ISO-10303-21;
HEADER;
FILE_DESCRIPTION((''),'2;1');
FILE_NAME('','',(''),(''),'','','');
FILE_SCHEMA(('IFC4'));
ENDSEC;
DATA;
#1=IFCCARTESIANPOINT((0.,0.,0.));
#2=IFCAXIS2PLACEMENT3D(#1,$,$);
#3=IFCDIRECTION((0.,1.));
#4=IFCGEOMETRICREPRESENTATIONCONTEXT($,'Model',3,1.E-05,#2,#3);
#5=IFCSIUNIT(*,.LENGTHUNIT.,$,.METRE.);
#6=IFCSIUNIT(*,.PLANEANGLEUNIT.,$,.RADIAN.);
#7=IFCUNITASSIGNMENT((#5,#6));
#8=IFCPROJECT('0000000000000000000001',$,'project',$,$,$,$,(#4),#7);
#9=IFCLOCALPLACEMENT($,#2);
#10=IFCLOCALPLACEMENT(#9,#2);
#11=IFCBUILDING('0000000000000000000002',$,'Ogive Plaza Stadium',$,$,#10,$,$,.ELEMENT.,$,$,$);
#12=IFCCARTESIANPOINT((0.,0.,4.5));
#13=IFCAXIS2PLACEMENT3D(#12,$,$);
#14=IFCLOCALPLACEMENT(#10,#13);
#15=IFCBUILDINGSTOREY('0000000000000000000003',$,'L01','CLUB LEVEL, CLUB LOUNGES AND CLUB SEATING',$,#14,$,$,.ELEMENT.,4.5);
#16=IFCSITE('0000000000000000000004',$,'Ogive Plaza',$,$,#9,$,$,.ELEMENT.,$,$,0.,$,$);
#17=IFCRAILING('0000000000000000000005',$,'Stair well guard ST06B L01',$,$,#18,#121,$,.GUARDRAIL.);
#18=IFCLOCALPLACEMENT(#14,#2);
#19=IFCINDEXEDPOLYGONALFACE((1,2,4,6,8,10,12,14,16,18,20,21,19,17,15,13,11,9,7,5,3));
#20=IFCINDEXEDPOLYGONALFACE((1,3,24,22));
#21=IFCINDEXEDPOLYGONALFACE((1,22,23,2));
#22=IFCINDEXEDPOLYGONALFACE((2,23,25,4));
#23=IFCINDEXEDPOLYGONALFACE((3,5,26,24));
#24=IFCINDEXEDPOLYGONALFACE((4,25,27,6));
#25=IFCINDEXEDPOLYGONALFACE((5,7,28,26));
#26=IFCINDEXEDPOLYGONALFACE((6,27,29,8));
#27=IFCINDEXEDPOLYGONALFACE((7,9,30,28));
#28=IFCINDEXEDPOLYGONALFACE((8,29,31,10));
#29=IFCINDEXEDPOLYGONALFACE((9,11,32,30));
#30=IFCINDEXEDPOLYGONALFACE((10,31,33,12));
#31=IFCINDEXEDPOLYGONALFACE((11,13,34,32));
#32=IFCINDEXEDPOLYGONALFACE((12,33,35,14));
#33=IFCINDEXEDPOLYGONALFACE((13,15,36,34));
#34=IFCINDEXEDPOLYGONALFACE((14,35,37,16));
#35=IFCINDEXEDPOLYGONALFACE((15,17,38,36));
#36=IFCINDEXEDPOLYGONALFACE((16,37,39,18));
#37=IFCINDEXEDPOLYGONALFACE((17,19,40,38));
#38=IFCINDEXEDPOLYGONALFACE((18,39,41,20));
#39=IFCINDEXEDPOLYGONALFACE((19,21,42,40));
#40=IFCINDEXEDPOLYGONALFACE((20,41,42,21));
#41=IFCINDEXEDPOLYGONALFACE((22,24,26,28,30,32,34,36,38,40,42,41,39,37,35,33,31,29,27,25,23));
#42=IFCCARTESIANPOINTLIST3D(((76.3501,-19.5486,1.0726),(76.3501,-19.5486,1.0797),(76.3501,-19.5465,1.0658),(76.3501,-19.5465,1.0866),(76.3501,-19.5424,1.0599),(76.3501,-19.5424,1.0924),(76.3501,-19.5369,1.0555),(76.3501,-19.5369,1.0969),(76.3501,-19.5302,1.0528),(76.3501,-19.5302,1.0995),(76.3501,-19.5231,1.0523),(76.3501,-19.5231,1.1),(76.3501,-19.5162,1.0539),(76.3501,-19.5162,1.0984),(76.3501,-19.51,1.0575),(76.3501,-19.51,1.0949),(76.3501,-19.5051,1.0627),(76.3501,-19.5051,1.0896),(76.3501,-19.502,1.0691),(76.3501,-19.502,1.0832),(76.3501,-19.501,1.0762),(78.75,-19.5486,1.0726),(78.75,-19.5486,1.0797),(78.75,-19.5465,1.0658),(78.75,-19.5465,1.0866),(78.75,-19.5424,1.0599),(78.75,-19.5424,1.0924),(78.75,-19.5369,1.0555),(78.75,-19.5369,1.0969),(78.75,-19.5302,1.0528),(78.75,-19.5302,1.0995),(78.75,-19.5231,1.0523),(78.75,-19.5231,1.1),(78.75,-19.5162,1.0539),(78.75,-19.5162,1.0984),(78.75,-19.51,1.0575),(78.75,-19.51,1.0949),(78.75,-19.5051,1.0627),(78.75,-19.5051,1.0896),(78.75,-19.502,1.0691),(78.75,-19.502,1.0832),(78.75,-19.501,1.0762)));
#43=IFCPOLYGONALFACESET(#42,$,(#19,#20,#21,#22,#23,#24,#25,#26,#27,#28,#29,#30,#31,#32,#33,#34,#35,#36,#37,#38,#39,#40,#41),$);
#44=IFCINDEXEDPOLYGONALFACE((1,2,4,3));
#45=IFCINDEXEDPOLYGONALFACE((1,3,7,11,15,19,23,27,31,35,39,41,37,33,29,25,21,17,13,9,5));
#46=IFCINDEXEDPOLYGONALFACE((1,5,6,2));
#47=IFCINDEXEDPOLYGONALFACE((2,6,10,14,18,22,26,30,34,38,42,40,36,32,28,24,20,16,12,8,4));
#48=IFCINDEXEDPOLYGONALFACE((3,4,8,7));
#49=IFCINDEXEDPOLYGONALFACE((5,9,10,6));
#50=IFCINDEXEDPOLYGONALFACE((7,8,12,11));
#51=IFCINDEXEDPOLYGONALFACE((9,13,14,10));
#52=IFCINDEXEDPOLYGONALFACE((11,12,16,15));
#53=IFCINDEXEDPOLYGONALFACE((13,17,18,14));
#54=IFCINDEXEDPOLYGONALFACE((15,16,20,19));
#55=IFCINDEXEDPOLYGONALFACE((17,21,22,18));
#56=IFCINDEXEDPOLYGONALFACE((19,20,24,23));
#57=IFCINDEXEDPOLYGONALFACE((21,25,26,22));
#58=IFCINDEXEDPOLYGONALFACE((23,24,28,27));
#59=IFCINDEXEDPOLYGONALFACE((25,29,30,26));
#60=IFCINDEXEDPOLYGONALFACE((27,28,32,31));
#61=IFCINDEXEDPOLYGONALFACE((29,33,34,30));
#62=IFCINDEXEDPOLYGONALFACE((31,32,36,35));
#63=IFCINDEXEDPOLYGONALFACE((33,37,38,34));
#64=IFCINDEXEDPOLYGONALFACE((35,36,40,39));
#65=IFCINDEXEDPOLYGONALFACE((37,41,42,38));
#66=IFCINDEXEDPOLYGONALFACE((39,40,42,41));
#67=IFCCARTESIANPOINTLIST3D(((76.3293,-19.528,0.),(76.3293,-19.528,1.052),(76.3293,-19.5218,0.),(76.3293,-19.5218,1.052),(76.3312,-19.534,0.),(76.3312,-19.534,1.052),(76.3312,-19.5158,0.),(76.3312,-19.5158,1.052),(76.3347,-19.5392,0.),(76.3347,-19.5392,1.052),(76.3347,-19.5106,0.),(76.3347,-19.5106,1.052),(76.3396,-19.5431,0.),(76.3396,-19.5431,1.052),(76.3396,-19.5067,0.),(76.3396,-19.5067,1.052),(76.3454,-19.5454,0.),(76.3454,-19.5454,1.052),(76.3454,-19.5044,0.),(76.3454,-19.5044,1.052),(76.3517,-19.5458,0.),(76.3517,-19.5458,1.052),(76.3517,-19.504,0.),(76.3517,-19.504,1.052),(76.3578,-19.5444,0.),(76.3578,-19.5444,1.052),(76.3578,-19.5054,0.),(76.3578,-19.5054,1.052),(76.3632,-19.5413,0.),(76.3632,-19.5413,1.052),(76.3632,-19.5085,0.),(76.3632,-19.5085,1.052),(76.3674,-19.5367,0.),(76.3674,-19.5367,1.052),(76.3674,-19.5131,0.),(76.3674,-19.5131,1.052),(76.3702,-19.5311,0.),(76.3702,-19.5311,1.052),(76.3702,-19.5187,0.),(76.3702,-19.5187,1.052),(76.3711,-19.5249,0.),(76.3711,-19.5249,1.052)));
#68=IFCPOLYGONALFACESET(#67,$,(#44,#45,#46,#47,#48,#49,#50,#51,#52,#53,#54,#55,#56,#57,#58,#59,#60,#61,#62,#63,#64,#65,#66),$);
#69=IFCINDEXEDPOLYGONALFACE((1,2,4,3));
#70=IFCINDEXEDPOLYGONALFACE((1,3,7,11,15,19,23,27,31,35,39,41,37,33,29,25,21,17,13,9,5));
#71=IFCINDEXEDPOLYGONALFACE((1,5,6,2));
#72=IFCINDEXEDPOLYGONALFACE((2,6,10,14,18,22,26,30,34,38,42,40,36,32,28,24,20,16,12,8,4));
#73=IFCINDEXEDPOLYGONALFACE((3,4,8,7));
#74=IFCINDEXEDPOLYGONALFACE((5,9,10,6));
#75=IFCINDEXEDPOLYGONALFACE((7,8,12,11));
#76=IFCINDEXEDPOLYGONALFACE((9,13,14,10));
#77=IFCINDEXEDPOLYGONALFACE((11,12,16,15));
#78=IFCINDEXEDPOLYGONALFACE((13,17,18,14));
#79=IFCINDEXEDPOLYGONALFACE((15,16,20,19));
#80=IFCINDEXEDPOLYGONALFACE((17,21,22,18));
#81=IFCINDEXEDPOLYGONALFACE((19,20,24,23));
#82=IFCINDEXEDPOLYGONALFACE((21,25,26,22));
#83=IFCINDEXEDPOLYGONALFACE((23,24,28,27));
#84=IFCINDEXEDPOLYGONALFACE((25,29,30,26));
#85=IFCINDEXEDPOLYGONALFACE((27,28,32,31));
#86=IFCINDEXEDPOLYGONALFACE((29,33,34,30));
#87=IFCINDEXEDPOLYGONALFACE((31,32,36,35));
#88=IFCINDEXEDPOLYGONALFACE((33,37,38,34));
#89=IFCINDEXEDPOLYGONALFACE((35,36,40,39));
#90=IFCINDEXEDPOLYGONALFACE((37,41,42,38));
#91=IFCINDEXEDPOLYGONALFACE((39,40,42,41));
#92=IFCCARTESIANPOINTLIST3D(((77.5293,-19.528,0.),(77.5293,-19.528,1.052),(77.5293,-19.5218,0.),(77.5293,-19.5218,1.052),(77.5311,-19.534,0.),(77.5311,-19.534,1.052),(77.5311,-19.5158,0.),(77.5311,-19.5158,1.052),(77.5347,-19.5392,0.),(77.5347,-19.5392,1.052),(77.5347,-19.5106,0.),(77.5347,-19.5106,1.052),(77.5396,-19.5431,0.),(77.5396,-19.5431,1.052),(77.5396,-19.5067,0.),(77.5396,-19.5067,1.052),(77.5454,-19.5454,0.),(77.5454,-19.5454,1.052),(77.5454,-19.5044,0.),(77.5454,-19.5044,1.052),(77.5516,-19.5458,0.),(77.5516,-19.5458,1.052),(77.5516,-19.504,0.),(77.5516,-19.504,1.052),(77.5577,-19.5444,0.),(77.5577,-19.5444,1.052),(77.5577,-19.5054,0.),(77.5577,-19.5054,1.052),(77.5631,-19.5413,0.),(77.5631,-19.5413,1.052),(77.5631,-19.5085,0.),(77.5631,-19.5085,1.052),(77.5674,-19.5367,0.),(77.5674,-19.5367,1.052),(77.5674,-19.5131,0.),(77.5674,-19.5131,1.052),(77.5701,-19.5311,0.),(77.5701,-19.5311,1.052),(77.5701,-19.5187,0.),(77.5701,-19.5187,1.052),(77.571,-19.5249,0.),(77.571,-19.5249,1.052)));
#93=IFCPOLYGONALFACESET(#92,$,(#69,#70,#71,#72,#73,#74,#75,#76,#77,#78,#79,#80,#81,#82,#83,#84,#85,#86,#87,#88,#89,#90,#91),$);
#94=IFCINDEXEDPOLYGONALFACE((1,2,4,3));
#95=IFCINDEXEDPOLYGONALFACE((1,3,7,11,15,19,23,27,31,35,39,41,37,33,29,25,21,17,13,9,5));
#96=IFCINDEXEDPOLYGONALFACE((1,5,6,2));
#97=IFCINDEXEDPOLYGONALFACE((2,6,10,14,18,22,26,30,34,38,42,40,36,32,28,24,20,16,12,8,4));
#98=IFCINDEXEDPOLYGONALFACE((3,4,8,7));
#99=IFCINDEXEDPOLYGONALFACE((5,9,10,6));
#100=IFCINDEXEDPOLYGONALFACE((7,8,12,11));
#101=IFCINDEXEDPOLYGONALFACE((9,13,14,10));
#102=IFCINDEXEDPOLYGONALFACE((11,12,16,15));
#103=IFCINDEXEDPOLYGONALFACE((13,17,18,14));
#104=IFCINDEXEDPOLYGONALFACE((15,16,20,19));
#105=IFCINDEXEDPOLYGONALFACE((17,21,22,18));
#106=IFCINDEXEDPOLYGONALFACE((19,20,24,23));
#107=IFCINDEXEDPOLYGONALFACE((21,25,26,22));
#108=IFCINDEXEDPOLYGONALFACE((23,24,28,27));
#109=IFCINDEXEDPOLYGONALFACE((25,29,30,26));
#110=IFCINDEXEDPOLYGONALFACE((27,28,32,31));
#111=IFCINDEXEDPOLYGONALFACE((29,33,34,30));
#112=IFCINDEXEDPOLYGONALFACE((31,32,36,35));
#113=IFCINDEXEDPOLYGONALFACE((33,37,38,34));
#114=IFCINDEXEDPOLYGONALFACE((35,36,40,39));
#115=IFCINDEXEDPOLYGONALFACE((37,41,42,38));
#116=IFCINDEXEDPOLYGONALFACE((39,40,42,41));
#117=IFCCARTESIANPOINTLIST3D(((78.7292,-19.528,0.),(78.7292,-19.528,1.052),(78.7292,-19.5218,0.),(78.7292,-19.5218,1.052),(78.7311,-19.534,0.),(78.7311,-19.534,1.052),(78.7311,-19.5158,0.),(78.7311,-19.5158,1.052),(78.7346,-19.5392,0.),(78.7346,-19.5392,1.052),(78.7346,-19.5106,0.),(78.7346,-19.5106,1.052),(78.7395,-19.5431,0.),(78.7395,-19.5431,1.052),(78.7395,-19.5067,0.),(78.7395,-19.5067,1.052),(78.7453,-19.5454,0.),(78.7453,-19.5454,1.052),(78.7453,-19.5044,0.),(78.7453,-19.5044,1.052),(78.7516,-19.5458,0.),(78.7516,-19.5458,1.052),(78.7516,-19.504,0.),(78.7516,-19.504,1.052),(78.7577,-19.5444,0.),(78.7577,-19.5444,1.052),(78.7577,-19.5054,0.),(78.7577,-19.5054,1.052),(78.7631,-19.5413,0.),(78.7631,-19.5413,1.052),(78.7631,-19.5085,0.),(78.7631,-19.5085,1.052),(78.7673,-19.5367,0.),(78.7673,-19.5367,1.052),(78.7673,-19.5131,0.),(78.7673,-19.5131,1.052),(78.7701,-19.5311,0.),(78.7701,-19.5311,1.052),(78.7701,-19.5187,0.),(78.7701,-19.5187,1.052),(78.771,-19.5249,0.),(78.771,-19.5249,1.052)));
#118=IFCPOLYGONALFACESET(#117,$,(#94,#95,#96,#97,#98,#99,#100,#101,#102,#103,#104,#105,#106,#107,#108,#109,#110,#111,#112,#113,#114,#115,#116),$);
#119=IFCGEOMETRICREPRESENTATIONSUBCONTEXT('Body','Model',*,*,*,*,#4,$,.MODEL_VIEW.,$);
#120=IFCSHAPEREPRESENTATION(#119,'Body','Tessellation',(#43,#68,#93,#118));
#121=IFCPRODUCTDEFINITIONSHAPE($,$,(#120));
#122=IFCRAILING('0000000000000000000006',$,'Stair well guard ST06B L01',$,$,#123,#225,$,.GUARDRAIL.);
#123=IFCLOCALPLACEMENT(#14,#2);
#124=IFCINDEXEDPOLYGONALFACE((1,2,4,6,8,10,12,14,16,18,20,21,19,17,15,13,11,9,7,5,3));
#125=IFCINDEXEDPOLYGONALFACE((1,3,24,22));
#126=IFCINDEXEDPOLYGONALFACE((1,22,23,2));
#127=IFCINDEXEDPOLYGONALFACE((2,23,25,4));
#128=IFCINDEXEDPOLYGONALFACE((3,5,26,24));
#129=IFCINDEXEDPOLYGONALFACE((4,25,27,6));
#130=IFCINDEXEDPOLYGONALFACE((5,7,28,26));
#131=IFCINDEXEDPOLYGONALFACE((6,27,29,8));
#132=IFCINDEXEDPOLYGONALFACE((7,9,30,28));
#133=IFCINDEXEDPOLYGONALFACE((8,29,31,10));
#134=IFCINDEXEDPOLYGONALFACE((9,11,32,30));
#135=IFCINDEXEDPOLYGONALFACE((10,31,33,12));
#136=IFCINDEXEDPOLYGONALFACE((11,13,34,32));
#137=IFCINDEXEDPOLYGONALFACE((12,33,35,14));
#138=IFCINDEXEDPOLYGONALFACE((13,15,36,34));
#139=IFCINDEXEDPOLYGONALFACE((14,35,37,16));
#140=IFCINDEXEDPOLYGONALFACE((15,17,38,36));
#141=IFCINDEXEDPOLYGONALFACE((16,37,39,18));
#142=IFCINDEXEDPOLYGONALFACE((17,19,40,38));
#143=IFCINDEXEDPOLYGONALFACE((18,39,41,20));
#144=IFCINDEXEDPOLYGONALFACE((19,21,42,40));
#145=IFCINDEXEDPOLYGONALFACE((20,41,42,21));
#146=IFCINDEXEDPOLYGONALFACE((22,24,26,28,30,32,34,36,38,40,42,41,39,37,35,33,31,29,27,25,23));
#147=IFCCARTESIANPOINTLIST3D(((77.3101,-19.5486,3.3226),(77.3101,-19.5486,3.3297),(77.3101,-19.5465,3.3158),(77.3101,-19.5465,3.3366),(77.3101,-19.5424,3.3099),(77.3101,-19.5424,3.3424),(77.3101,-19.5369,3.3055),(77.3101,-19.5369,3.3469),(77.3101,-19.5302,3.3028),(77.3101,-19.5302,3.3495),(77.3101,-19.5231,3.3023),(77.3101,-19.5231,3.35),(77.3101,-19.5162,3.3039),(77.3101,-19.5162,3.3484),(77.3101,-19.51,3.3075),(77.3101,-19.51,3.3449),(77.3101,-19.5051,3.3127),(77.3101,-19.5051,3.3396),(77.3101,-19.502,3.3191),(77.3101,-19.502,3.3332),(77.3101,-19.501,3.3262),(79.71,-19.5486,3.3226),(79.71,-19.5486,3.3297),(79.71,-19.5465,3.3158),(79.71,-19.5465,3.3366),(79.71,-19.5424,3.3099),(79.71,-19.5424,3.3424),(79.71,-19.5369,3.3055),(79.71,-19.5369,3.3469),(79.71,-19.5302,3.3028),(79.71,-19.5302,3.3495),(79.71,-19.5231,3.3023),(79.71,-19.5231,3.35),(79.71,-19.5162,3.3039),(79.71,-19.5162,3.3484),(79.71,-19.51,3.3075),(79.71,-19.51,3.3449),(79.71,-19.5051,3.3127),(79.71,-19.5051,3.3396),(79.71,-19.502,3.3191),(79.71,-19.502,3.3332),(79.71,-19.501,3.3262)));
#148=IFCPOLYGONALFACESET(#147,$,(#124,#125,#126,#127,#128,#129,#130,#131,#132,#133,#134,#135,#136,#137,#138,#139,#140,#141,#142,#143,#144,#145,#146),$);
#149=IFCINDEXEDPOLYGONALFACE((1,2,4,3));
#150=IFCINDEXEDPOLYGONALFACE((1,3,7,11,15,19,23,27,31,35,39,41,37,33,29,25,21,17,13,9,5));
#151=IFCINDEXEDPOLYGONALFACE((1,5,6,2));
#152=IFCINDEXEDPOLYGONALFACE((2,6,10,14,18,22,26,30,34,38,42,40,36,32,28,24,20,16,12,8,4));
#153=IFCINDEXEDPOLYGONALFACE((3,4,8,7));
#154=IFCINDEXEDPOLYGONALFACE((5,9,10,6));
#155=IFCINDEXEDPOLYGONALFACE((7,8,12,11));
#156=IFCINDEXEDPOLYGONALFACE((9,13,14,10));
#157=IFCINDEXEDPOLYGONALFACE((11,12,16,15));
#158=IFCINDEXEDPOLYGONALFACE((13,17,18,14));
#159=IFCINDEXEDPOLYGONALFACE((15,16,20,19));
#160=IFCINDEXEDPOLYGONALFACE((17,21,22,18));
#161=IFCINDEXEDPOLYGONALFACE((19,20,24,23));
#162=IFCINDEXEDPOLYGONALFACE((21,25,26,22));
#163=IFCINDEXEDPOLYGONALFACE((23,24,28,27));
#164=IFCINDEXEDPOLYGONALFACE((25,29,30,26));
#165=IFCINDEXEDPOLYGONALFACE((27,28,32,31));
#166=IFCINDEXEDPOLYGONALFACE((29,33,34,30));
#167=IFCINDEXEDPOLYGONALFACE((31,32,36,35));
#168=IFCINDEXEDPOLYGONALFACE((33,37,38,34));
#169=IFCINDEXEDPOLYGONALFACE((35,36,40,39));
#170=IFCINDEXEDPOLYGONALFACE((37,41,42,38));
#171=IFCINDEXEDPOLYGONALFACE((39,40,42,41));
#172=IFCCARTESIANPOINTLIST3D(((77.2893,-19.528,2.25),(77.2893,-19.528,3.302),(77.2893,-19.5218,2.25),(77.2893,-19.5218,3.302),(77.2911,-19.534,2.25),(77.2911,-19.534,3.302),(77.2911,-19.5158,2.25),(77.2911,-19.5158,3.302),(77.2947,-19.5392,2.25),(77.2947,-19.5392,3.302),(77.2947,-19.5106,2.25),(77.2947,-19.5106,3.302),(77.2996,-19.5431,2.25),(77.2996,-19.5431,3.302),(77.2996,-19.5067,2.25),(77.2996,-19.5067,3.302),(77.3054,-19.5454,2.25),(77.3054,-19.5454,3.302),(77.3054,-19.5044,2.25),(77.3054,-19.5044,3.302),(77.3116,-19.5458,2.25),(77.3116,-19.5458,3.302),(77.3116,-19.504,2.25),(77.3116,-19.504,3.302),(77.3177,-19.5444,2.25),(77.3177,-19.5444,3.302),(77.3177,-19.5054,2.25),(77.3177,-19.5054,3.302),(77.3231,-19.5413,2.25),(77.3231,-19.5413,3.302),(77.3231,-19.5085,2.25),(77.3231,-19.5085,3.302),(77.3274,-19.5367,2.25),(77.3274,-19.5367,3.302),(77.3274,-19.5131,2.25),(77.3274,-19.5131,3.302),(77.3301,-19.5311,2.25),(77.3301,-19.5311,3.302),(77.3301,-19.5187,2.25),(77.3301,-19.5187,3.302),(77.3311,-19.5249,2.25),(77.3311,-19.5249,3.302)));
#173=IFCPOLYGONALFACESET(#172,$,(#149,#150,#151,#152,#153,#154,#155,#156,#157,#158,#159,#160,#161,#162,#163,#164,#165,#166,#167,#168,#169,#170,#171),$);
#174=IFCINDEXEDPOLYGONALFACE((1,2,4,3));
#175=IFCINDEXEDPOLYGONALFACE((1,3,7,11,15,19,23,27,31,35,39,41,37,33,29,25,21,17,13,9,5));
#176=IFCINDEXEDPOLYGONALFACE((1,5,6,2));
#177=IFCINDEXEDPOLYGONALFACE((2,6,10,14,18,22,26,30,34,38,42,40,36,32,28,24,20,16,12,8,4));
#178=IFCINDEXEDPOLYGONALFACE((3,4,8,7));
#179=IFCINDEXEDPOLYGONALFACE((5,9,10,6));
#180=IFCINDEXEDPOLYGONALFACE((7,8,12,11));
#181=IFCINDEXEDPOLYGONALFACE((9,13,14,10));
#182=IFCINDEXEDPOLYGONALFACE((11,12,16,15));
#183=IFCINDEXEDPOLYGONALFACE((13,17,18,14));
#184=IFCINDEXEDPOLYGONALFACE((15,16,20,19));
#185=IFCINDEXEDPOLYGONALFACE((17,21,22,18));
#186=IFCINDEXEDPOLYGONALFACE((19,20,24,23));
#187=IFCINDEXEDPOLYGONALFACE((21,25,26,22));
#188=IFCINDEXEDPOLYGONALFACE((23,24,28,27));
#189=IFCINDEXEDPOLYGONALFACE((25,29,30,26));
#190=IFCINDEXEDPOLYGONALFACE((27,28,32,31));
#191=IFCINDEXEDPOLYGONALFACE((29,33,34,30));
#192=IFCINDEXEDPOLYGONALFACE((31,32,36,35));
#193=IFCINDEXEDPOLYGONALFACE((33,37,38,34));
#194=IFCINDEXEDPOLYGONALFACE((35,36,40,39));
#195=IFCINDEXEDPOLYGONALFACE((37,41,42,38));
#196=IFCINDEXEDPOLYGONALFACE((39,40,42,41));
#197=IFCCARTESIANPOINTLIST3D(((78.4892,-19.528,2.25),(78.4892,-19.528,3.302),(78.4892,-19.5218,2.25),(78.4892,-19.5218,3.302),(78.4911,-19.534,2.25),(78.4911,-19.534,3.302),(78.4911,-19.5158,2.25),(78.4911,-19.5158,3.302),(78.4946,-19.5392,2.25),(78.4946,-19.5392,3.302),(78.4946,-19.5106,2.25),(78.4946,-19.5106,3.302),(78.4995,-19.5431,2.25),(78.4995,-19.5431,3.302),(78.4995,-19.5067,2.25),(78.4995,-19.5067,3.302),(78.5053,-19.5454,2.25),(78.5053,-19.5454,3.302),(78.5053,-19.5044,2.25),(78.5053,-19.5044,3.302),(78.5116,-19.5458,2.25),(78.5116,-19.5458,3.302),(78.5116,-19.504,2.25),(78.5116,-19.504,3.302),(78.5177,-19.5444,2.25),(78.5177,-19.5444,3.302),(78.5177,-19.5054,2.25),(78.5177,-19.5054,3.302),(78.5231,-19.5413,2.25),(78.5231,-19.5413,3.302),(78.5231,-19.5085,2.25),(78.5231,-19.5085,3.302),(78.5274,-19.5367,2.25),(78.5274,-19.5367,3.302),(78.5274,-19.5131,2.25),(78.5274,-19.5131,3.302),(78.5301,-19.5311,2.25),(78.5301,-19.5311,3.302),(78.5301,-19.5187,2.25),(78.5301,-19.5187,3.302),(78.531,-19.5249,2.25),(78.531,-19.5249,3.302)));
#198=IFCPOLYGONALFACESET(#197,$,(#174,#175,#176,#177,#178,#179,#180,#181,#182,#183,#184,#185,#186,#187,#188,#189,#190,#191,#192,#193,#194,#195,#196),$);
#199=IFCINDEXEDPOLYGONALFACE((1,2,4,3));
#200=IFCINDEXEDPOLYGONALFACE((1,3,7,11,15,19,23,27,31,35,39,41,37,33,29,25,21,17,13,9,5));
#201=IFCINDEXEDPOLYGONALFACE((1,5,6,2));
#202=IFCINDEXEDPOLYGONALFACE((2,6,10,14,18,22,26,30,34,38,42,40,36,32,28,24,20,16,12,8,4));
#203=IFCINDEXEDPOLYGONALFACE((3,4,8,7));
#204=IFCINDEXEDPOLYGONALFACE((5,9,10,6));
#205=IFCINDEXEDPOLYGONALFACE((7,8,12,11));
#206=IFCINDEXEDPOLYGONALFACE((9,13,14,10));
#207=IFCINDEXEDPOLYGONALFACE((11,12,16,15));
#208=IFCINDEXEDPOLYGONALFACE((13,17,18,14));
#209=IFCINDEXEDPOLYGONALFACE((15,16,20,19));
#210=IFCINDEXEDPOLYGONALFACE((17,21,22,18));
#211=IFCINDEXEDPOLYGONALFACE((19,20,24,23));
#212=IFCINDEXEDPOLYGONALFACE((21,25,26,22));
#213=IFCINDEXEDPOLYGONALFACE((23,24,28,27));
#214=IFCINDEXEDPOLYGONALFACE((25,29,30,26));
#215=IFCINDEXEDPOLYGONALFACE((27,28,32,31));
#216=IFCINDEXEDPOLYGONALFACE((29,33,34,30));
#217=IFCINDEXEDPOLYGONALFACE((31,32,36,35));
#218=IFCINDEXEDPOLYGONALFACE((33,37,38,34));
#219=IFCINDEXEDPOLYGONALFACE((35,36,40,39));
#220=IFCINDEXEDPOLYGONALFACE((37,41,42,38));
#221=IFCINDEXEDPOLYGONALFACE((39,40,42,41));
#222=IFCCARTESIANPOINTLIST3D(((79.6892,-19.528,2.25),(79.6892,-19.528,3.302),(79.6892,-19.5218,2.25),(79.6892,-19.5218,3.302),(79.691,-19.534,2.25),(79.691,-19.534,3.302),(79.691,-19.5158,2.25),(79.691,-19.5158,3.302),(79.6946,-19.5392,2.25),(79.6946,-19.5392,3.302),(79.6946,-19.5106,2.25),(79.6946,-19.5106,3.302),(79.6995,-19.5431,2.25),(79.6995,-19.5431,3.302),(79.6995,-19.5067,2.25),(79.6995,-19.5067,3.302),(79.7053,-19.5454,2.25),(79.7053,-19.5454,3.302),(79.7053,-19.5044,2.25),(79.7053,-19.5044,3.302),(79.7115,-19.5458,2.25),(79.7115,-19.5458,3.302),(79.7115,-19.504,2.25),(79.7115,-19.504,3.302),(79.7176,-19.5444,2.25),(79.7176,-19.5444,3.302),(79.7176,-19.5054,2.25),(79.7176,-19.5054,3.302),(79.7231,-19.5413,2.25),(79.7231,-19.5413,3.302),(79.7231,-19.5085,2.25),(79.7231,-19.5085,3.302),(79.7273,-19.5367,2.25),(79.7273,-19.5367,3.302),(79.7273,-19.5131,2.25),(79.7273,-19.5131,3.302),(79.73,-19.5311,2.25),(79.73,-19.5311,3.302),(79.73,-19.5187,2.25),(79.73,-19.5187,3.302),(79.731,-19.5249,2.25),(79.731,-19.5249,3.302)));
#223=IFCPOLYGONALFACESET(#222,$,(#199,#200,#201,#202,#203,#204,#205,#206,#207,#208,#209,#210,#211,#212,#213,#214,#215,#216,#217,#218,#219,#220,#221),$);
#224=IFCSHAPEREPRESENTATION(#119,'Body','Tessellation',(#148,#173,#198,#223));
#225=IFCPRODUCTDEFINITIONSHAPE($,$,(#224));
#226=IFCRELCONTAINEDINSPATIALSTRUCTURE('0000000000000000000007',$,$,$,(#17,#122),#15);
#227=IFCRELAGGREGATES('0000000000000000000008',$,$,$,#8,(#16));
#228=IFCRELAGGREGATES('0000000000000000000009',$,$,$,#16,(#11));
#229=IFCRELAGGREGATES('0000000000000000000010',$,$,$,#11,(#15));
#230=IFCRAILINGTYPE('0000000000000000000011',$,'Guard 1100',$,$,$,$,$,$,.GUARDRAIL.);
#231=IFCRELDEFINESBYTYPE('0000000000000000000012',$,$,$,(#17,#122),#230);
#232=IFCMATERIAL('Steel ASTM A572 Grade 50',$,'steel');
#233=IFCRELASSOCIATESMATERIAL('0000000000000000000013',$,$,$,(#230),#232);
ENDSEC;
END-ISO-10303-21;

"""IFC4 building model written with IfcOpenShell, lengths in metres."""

from ifc_helpers import new_model, si_unit, direction, frame, origin, origin_2d, place, context, subcontext, project, spatial, circle, extrude, material, type_object, element, save


model = new_model("IFC4")

# Units and contexts
model_context = context("Model", 3, precision=1e-05, world=origin(), true_north=direction((0.0, 1.0)))
body_context = subcontext(model_context, "Body", "Model", "MODEL_VIEW")
ifc_project = project(units=[si_unit("LENGTHUNIT", "METRE"), si_unit("PLANEANGLEUNIT", "RADIAN")], contexts=[model_context])

# Site, building, storey
site_placement = place(None, origin())
site = spatial("IfcSite", under=ifc_project, at=site_placement, Name="Ogive Plaza", CompositionType="ELEMENT", RefElevation=0.0)
building_placement = place(site_placement, origin())
building = spatial("IfcBuilding", under=site, at=building_placement, Name="Ogive Plaza Stadium", CompositionType="ELEMENT")
storey_placement = place(building_placement, frame((0.0, 0.0, 4.5)))
storey = spatial("IfcBuildingStorey", under=building, at=storey_placement, Name="L01", Description="CLUB LEVEL, CLUB LOUNGES AND CLUB SEATING", CompositionType="ELEMENT", Elevation=4.5)

# Railings
ifc_material_1 = material(Name="Steel ASTM A572 Grade 50", Category="steel")
railing_type_1 = type_object("IfcRailingType", Name="Guard 1100", PredefinedType="GUARDRAIL", material=ifc_material_1)
for number, where, name in (
    (1, (76.3501, -19.5249, 0.0), "Stair well guard ST06B L01"),
    (2, (77.3101, -19.5249, 2.25), "Stair well guard ST06B L01"),
):
    element("IfcRailing", number, at=place(storey_placement, frame(where)), inside=storey, type_object=railing_type_1, Name=name, PredefinedType="GUARDRAIL", context=body_context, shape_type="SweptSolid", body=[
        extrude(circle(Radius=0.0239, at=origin_2d()), frame((0.0, 0.0, 1.0762), z_axis=(1.0, 0.0, 0.0), x_axis=(0.0, 1.0, 0.0)), (0.0, 0.0, 1.0), 2.3999),
        extrude(circle(Radius=0.021, at=origin_2d()), origin(), (0.0, 0.0, 1.0), 1.052),
        extrude(circle(Radius=0.021, at=origin_2d()), frame((1.2, 0.0, 0.0)), (0.0, 0.0, 1.0), 1.052),
        extrude(circle(Radius=0.021, at=origin_2d()), frame((2.3999, 0.0, 0.0)), (0.0, 0.0, 1.0), 1.052),
    ])

save(model, "model.ifc")
